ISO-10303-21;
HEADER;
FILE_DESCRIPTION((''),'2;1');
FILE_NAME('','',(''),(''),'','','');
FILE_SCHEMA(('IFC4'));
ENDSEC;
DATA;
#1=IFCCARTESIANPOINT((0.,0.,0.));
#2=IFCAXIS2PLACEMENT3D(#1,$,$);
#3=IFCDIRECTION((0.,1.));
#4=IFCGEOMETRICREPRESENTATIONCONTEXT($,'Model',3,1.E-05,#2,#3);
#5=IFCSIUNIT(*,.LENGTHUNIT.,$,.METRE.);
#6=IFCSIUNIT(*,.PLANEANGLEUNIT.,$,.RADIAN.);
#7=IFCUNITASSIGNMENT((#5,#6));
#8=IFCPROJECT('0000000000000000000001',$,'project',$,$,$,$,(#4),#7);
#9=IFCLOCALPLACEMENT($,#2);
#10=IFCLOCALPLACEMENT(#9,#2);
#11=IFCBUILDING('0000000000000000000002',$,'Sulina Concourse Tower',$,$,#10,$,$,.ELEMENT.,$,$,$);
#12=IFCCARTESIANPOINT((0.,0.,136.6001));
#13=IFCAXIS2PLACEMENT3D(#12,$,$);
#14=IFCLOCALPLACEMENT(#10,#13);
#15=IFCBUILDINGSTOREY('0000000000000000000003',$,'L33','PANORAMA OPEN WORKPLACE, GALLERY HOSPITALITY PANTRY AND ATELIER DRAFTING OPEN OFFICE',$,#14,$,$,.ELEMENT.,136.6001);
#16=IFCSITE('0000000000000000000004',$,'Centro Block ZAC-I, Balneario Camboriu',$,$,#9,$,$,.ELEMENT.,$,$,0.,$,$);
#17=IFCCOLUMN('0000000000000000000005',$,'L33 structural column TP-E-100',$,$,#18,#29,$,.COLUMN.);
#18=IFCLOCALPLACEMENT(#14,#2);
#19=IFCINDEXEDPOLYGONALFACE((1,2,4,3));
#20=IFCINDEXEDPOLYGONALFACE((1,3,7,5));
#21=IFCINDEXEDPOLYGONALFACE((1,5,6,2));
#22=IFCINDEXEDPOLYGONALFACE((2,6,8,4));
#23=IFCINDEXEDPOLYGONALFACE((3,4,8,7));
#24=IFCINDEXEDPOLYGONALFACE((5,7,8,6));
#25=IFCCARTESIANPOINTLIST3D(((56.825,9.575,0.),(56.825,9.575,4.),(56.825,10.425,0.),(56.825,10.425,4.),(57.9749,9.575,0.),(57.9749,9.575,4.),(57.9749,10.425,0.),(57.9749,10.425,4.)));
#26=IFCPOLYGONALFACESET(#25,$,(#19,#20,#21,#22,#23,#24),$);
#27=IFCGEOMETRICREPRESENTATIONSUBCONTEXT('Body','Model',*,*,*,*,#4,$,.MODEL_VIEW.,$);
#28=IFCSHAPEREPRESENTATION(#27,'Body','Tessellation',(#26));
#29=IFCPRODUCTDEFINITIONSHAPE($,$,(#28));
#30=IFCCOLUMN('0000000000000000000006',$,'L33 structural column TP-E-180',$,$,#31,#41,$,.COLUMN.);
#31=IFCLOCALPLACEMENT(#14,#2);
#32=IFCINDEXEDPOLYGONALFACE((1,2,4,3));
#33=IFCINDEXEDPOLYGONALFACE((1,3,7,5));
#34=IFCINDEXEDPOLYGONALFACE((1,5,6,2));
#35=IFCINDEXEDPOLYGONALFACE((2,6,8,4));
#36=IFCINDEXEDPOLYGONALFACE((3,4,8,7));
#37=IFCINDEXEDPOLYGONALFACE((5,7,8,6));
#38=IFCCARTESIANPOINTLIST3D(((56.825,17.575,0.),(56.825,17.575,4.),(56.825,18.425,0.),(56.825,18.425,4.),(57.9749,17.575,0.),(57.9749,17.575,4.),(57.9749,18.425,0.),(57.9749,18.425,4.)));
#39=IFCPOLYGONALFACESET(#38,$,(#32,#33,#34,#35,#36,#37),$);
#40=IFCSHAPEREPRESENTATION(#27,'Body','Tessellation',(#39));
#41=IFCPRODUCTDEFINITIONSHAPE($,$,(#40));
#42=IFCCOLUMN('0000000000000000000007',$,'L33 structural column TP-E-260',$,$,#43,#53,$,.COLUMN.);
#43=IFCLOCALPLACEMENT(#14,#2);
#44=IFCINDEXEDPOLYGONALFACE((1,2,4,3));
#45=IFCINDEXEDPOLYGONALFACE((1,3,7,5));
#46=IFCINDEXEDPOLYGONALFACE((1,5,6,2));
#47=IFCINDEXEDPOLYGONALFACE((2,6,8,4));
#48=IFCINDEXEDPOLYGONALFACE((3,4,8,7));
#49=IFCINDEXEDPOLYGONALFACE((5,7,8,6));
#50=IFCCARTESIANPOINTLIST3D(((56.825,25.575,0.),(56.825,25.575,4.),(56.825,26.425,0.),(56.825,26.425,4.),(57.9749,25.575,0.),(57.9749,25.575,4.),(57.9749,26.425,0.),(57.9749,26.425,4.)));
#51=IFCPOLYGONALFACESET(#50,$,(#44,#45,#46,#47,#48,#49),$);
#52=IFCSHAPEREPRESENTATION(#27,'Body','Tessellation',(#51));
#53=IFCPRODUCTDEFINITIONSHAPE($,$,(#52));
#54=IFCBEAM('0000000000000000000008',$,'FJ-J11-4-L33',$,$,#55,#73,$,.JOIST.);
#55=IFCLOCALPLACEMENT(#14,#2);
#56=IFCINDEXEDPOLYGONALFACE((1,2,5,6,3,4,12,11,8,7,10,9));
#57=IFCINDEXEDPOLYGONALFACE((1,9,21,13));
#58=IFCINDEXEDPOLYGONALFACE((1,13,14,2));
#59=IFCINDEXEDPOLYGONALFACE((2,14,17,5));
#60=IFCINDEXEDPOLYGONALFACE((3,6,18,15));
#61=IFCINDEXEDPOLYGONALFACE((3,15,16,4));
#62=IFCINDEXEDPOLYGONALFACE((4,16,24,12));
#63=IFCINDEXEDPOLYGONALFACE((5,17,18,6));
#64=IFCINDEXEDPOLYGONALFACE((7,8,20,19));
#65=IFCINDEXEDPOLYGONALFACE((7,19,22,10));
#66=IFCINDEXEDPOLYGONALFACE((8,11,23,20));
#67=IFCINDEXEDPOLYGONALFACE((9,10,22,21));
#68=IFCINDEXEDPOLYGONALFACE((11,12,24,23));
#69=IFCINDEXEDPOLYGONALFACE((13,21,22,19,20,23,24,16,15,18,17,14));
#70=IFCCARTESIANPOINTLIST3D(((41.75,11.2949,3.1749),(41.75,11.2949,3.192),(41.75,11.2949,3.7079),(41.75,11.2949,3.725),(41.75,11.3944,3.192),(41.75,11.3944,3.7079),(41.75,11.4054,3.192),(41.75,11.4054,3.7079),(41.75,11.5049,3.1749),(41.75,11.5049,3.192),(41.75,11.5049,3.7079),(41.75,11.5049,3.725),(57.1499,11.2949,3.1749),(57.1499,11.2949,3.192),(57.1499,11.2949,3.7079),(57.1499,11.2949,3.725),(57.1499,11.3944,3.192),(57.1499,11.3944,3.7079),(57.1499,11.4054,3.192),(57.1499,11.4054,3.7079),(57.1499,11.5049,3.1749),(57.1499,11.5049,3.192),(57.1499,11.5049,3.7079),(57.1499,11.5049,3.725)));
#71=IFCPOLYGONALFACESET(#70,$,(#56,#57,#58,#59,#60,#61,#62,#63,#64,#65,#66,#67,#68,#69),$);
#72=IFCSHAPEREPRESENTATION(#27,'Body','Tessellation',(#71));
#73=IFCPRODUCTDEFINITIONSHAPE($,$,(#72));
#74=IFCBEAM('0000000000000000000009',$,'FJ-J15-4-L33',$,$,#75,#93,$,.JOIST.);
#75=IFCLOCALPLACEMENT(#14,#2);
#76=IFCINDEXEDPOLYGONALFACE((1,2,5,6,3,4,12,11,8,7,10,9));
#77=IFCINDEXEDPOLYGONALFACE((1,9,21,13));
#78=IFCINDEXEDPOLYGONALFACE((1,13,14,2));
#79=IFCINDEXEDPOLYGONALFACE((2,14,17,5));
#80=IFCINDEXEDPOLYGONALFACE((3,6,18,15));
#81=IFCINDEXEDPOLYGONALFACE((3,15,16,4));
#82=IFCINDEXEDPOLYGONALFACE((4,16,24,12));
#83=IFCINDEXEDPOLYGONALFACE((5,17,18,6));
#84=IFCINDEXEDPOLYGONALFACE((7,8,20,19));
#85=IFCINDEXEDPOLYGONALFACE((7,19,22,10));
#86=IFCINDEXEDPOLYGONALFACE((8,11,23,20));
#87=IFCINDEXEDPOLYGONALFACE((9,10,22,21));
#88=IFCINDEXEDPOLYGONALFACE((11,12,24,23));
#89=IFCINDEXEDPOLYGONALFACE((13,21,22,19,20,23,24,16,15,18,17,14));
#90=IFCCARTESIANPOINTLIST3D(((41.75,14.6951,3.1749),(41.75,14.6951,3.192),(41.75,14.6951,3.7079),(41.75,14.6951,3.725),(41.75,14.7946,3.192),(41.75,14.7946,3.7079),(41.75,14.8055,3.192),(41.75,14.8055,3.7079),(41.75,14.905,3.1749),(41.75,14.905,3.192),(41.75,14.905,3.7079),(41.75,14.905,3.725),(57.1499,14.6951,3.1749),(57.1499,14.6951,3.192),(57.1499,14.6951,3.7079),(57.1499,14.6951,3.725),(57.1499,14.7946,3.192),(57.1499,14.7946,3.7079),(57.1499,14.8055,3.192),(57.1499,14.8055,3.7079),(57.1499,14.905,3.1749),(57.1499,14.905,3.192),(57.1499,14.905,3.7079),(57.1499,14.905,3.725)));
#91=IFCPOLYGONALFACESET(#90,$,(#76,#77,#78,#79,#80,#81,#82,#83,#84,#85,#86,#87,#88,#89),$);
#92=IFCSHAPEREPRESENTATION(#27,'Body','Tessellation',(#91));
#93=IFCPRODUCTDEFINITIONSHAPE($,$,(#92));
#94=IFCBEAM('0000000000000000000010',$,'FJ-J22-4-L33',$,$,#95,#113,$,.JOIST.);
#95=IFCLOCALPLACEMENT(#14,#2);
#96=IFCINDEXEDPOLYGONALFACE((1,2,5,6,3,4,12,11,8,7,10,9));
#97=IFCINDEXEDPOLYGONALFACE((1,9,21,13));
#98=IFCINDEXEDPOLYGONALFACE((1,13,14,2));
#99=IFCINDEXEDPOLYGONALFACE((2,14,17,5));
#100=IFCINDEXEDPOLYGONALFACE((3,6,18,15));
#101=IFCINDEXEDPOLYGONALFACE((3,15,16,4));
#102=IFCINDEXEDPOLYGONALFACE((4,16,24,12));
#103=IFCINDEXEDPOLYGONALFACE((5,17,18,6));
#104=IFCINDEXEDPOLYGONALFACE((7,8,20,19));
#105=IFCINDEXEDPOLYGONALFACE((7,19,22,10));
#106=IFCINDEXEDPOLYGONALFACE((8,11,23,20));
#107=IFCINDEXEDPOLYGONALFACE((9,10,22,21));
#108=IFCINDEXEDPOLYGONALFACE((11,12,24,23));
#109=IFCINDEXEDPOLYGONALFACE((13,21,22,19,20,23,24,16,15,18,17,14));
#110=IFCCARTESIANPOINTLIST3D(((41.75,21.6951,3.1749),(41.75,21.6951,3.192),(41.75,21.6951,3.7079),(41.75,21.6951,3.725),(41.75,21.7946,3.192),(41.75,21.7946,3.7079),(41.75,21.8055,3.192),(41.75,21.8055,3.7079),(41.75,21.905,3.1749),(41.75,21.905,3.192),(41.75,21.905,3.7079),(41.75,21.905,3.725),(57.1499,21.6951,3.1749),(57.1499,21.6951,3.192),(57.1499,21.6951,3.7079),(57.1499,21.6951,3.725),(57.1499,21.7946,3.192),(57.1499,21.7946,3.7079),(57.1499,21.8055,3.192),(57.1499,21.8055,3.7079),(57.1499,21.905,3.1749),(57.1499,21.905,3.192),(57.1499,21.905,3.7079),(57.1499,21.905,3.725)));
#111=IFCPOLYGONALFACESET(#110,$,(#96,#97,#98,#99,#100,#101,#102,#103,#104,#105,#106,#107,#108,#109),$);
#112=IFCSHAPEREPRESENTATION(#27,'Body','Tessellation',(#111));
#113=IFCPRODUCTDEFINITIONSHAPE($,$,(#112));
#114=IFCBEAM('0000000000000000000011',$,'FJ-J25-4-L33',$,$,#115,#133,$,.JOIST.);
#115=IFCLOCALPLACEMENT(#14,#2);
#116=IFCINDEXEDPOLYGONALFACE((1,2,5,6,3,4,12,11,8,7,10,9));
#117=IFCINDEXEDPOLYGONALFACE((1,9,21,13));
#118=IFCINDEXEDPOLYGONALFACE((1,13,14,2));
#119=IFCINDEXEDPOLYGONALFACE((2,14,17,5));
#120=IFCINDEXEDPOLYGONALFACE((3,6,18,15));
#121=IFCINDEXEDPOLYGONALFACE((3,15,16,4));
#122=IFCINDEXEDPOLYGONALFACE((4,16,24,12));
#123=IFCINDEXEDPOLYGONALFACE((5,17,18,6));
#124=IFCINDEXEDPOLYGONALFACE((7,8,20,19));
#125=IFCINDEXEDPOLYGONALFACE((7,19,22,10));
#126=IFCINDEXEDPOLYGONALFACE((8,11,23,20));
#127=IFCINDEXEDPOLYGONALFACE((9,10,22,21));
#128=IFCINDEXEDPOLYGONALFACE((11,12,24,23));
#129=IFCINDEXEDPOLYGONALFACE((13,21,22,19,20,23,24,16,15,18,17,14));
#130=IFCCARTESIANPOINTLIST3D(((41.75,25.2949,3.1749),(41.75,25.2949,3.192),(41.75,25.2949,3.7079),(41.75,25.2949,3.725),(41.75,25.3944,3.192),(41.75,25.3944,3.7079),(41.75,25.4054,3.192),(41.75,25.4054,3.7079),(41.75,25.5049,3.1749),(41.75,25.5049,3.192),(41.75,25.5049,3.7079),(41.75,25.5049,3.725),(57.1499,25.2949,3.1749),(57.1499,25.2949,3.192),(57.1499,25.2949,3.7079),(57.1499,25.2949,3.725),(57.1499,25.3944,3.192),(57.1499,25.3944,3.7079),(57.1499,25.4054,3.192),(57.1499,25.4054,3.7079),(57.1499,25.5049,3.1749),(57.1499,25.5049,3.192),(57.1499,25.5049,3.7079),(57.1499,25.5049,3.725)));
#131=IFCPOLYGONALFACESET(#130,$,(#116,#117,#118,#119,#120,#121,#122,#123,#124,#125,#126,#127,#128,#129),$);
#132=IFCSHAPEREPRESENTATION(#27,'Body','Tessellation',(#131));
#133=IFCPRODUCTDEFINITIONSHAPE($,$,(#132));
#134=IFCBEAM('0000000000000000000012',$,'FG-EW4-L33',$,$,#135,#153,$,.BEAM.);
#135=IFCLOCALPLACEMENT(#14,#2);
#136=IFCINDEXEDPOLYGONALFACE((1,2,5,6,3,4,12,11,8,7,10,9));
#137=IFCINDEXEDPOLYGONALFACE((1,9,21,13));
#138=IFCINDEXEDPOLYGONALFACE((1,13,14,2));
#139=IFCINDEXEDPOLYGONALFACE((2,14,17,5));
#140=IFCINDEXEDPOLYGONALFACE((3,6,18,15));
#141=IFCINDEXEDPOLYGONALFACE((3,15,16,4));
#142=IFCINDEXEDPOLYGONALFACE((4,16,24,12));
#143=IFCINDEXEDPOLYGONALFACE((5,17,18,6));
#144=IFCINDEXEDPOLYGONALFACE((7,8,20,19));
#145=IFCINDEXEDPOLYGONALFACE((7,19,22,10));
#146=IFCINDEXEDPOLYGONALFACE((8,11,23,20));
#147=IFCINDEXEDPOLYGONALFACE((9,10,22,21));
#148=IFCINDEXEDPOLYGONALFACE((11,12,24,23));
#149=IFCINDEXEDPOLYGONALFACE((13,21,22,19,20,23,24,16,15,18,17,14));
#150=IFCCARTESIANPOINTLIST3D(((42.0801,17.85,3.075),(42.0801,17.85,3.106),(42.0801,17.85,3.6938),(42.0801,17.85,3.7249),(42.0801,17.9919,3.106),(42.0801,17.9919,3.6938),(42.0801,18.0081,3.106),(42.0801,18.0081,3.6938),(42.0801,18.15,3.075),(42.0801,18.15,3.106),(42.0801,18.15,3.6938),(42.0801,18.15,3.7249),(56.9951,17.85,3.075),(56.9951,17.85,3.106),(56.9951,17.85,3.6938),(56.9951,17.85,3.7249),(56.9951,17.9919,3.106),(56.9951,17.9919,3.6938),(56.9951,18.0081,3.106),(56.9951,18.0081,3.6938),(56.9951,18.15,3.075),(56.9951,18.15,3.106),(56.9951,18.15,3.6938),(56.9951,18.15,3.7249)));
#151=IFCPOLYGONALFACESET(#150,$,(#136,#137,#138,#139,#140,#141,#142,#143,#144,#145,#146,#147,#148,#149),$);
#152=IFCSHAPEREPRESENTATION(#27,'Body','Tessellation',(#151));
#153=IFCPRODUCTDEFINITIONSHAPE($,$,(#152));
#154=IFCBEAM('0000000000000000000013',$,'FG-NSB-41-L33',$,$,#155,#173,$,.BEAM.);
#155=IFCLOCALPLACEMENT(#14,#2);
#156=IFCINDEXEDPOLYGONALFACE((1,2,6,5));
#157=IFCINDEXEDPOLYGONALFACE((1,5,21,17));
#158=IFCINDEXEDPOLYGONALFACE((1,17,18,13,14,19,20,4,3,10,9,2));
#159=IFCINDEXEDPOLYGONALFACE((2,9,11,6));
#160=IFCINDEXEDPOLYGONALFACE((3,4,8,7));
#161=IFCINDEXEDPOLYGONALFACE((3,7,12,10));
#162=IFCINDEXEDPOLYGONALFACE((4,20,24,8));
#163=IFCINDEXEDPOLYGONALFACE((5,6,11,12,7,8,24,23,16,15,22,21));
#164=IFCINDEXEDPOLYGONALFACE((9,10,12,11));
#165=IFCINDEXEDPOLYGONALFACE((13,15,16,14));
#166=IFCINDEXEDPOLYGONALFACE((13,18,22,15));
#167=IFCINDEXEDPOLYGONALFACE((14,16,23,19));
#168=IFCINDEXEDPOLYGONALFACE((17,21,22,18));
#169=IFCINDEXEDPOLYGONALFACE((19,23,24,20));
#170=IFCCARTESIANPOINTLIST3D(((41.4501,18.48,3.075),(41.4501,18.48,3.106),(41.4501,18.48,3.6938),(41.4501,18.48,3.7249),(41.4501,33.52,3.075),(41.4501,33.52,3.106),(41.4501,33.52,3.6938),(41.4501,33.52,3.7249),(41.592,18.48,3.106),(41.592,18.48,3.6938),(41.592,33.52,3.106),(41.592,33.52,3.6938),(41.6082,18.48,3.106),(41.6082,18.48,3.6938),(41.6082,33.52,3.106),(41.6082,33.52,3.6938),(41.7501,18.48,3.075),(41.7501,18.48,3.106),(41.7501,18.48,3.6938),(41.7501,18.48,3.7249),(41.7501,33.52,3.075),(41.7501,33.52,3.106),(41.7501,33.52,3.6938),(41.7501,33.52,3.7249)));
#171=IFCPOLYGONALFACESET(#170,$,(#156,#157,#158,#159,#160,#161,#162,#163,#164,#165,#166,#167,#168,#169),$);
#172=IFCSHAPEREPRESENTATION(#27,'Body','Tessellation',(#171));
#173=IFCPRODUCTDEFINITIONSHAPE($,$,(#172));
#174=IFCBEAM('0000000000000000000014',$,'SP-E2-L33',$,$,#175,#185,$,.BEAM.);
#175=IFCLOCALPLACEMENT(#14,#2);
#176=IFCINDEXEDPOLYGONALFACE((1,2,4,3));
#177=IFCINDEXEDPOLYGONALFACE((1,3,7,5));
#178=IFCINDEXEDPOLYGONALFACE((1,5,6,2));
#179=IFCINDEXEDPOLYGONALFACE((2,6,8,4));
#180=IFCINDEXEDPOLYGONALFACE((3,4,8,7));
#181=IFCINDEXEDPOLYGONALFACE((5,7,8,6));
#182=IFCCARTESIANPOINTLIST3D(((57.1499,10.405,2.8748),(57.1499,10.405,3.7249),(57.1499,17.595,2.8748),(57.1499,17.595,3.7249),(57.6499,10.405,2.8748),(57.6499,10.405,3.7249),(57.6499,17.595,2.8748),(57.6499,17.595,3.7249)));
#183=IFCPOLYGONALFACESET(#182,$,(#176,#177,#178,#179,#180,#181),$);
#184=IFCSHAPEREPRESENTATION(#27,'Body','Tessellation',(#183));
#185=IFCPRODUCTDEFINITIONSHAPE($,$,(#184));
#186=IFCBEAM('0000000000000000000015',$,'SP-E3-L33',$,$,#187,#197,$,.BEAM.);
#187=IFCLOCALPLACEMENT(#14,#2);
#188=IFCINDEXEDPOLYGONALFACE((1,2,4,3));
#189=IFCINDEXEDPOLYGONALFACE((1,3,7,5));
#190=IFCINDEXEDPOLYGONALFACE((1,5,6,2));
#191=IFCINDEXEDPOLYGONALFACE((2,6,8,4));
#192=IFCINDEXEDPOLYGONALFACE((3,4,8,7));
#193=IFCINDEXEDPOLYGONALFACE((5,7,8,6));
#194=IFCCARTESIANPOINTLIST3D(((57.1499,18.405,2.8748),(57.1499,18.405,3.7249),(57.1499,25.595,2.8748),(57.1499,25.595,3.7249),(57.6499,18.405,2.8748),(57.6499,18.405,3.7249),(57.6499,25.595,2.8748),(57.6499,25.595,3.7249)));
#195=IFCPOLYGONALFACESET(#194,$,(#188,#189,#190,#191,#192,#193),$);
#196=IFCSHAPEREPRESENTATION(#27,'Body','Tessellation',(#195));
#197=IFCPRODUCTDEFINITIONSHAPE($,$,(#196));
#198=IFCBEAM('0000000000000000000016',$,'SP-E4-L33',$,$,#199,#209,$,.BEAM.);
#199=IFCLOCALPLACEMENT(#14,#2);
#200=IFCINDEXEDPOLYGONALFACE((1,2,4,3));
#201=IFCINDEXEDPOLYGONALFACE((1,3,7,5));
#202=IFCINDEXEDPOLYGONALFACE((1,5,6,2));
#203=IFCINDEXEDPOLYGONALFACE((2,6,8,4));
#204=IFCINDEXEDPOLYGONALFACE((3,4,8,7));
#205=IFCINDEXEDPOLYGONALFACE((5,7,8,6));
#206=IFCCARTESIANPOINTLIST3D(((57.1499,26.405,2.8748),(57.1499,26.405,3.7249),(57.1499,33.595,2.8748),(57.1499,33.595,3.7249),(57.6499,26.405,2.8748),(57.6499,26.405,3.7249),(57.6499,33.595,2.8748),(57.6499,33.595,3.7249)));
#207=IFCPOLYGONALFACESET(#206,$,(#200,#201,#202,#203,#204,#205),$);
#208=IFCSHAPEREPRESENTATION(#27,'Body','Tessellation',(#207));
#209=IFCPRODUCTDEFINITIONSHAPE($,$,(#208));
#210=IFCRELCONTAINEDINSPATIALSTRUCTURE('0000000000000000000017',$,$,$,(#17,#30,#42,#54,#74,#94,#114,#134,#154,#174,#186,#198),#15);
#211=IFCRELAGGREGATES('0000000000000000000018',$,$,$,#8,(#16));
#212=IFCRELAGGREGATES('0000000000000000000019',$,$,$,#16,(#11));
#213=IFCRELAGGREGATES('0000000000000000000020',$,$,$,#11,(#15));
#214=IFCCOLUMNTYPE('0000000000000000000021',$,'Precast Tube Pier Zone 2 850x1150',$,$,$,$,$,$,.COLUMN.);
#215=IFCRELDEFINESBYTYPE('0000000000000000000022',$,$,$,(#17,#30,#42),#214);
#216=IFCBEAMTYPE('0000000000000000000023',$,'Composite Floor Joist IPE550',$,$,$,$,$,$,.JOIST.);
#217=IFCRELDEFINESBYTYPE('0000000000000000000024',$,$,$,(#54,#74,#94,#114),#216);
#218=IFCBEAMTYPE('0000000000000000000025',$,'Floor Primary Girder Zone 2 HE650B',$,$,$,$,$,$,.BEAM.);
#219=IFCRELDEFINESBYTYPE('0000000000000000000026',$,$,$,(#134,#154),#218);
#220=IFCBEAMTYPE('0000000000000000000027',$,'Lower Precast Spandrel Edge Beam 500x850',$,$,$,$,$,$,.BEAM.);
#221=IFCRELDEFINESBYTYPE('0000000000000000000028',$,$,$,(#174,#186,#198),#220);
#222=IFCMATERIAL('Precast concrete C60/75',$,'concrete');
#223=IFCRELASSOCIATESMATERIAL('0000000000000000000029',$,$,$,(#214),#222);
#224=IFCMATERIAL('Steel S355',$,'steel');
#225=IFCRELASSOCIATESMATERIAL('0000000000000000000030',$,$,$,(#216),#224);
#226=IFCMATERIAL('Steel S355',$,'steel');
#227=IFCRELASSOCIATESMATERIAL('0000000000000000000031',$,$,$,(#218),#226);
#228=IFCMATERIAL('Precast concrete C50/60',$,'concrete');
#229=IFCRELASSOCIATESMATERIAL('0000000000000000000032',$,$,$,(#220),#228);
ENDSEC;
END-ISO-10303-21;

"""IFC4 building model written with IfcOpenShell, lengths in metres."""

from ifc_helpers import new_model, si_unit, direction, frame, origin, origin_2d, place, context, subcontext, project, spatial, rectangle, i_section, extrude, material, material_profile, profile_set, type_object, element, save


model = new_model("IFC4")

# Units and contexts
model_context = context("Model", 3, precision=1e-05, world=origin(), true_north=direction((0.0, 1.0)))
body_context = subcontext(model_context, "Body", "Model", "MODEL_VIEW")
ifc_project = project(units=[si_unit("LENGTHUNIT", "METRE"), si_unit("PLANEANGLEUNIT", "RADIAN")], contexts=[model_context])

# Site, building, storey
site_placement = place(None, origin())
site = spatial("IfcSite", under=ifc_project, at=site_placement, Name="Centro Block ZAC-I, Balneario Camboriu", CompositionType="ELEMENT", RefElevation=0.0)
building_placement = place(site_placement, origin())
building = spatial("IfcBuilding", under=site, at=building_placement, Name="Sulina Concourse Tower", CompositionType="ELEMENT")
storey_placement = place(building_placement, frame((0.0, 0.0, 136.6001)))
storey = spatial("IfcBuildingStorey", under=building, at=storey_placement, Name="L33", Description="PANORAMA OPEN WORKPLACE, GALLERY HOSPITALITY PANTRY AND ATELIER DRAFTING OPEN OFFICE", CompositionType="ELEMENT", Elevation=136.6001)

# Columns
ifc_material_1 = material(Name="Precast concrete C60/75", Category="concrete")
ifc_material_profile_1 = material_profile(ifc_material_1, rectangle(XDim=0.8501, YDim=1.1499, at=origin_2d()), Name="PC 850x1150")
ifc_profile_set_1 = profile_set([ifc_material_profile_1], Name="Precast concrete C60/75")
column_type = type_object("IfcColumnType", Name="Precast Tube Pier Zone 2 850x1150", PredefinedType="COLUMN", material=ifc_profile_set_1)
for number, where, z_axis, x_axis, name in (
    (1, (57.3999, 10.0, 0.0), (0.0, 0.0, 1.0), (0.0, 1.0, 0.0), "L33 structural column TP-E-100"),
    (2, (57.3999, 18.0, 0.0), (0.0, 0.0, 1.0), (0.0, 1.0, 0.0), "L33 structural column TP-E-180"),
    (3, (57.3999, 26.0, 0.0), (0.0, 0.0, 1.0), (0.0, 1.0, 0.0), "L33 structural column TP-E-260"),
):
    element("IfcColumn", number, at=place(storey_placement, frame(where, z_axis=z_axis, x_axis=x_axis)), inside=storey, type_object=column_type, Name=name, PredefinedType="COLUMN", context=body_context, shape_type="SweptSolid", body=[
        extrude(rectangle(XDim=0.8501, YDim=1.1499, at=origin_2d()), origin(), (0.0, 0.0, 1.0), 4.0),
    ])

# Beams
ifc_material_2 = material(Name="Steel S355", Category="steel")
ifc_material_profile_2 = material_profile(ifc_material_2, i_section(OverallWidth=0.21, OverallDepth=0.55, WebThickness=0.011, FlangeThickness=0.0171, at=origin_2d()), Name="IPE 550")
ifc_profile_set_2 = profile_set([ifc_material_profile_2], Name="Steel S355")
beam_type_1 = type_object("IfcBeamType", Name="Composite Floor Joist IPE550", PredefinedType="JOIST", material=ifc_profile_set_2)
for number, where, z_axis, x_axis, name in (
    (4, (41.75, 11.3999, 3.45), (1.0, 0.0, 0.0), (0.0, 1.0, 0.0), "FJ-J11-4-L33"),
    (5, (41.75, 14.8, 3.45), (1.0, 0.0, 0.0), (0.0, 1.0, 0.0), "FJ-J15-4-L33"),
    (6, (41.75, 21.8, 3.45), (1.0, 0.0, 0.0), (0.0, 1.0, 0.0), "FJ-J22-4-L33"),
    (7, (41.75, 25.3999, 3.45), (1.0, 0.0, 0.0), (0.0, 1.0, 0.0), "FJ-J25-4-L33"),
):
    element("IfcBeam", number, at=place(storey_placement, frame(where, z_axis=z_axis, x_axis=x_axis)), inside=storey, type_object=beam_type_1, Name=name, PredefinedType="JOIST", context=body_context, shape_type="SweptSolid", body=[
        extrude(i_section(OverallWidth=0.21, OverallDepth=0.55, WebThickness=0.011, FlangeThickness=0.0171, at=origin_2d()), origin(), (0.0, 0.0, 1.0), 15.3999),
    ])
ifc_material_3 = material(Name="Steel S355", Category="steel")
ifc_material_profile_3 = material_profile(ifc_material_3, i_section(OverallWidth=0.3, OverallDepth=0.6499, WebThickness=0.0161, FlangeThickness=0.031, at=origin_2d()), Name="HE 650 B")
ifc_profile_set_3 = profile_set([ifc_material_profile_3], Name="Steel S355")
beam_type_2 = type_object("IfcBeamType", Name="Floor Primary Girder Zone 2 HE650B", PredefinedType="BEAM", material=ifc_profile_set_3)
beam_1_placement = place(storey_placement, frame((42.0801, 18.0, 3.3999), z_axis=(1.0, 0.0, 0.0), x_axis=(0.0, 1.0, 0.0)))
element("IfcBeam", 8, at=beam_1_placement, inside=storey, type_object=beam_type_2, Name="FG-EW4-L33", PredefinedType="BEAM", context=body_context, shape_type="SweptSolid", body=[
    extrude(i_section(OverallWidth=0.3, OverallDepth=0.6499, WebThickness=0.0161, FlangeThickness=0.031, at=origin_2d()), origin(), (0.0, 0.0, 1.0), 14.915),
])
beam_2_placement = place(storey_placement, frame((41.6001, 18.48, 3.3999), z_axis=(0.0, 1.0, 0.0), x_axis=(-1.0, 0.0, 0.0)))
element("IfcBeam", 9, at=beam_2_placement, inside=storey, type_object=beam_type_2, Name="FG-NSB-41-L33", PredefinedType="BEAM", context=body_context, shape_type="SweptSolid", body=[
    extrude(i_section(OverallWidth=0.3, OverallDepth=0.6499, WebThickness=0.0161, FlangeThickness=0.031, at=origin_2d()), origin(), (0.0, 0.0, 1.0), 15.04),
])
ifc_material_4 = material(Name="Precast concrete C50/60", Category="concrete")
ifc_material_profile_4 = material_profile(ifc_material_4, rectangle(XDim=0.5, YDim=0.8501, at=origin_2d()), Name="RC 500x850")
ifc_profile_set_4 = profile_set([ifc_material_profile_4], Name="Precast concrete C50/60")
beam_type_3 = type_object("IfcBeamType", Name="Lower Precast Spandrel Edge Beam 500x850", PredefinedType="BEAM", material=ifc_profile_set_4)
for number, where, z_axis, x_axis, name in (
    (10, (57.3999, 10.405, 3.2998), (0.0, 1.0, 0.0), (-1.0, 0.0, 0.0), "SP-E2-L33"),
    (11, (57.3999, 18.405, 3.2998), (0.0, 1.0, 0.0), (-1.0, 0.0, 0.0), "SP-E3-L33"),
    (12, (57.3999, 26.405, 3.2998), (0.0, 1.0, 0.0), (-1.0, 0.0, 0.0), "SP-E4-L33"),
):
    element("IfcBeam", number, at=place(storey_placement, frame(where, z_axis=z_axis, x_axis=x_axis)), inside=storey, type_object=beam_type_3, Name=name, PredefinedType="BEAM", context=body_context, shape_type="SweptSolid", body=[
        extrude(rectangle(XDim=0.5, YDim=0.8501, at=origin_2d()), origin(), (0.0, 0.0, 1.0), 7.1899),
    ])

save(model, "model.ifc")
